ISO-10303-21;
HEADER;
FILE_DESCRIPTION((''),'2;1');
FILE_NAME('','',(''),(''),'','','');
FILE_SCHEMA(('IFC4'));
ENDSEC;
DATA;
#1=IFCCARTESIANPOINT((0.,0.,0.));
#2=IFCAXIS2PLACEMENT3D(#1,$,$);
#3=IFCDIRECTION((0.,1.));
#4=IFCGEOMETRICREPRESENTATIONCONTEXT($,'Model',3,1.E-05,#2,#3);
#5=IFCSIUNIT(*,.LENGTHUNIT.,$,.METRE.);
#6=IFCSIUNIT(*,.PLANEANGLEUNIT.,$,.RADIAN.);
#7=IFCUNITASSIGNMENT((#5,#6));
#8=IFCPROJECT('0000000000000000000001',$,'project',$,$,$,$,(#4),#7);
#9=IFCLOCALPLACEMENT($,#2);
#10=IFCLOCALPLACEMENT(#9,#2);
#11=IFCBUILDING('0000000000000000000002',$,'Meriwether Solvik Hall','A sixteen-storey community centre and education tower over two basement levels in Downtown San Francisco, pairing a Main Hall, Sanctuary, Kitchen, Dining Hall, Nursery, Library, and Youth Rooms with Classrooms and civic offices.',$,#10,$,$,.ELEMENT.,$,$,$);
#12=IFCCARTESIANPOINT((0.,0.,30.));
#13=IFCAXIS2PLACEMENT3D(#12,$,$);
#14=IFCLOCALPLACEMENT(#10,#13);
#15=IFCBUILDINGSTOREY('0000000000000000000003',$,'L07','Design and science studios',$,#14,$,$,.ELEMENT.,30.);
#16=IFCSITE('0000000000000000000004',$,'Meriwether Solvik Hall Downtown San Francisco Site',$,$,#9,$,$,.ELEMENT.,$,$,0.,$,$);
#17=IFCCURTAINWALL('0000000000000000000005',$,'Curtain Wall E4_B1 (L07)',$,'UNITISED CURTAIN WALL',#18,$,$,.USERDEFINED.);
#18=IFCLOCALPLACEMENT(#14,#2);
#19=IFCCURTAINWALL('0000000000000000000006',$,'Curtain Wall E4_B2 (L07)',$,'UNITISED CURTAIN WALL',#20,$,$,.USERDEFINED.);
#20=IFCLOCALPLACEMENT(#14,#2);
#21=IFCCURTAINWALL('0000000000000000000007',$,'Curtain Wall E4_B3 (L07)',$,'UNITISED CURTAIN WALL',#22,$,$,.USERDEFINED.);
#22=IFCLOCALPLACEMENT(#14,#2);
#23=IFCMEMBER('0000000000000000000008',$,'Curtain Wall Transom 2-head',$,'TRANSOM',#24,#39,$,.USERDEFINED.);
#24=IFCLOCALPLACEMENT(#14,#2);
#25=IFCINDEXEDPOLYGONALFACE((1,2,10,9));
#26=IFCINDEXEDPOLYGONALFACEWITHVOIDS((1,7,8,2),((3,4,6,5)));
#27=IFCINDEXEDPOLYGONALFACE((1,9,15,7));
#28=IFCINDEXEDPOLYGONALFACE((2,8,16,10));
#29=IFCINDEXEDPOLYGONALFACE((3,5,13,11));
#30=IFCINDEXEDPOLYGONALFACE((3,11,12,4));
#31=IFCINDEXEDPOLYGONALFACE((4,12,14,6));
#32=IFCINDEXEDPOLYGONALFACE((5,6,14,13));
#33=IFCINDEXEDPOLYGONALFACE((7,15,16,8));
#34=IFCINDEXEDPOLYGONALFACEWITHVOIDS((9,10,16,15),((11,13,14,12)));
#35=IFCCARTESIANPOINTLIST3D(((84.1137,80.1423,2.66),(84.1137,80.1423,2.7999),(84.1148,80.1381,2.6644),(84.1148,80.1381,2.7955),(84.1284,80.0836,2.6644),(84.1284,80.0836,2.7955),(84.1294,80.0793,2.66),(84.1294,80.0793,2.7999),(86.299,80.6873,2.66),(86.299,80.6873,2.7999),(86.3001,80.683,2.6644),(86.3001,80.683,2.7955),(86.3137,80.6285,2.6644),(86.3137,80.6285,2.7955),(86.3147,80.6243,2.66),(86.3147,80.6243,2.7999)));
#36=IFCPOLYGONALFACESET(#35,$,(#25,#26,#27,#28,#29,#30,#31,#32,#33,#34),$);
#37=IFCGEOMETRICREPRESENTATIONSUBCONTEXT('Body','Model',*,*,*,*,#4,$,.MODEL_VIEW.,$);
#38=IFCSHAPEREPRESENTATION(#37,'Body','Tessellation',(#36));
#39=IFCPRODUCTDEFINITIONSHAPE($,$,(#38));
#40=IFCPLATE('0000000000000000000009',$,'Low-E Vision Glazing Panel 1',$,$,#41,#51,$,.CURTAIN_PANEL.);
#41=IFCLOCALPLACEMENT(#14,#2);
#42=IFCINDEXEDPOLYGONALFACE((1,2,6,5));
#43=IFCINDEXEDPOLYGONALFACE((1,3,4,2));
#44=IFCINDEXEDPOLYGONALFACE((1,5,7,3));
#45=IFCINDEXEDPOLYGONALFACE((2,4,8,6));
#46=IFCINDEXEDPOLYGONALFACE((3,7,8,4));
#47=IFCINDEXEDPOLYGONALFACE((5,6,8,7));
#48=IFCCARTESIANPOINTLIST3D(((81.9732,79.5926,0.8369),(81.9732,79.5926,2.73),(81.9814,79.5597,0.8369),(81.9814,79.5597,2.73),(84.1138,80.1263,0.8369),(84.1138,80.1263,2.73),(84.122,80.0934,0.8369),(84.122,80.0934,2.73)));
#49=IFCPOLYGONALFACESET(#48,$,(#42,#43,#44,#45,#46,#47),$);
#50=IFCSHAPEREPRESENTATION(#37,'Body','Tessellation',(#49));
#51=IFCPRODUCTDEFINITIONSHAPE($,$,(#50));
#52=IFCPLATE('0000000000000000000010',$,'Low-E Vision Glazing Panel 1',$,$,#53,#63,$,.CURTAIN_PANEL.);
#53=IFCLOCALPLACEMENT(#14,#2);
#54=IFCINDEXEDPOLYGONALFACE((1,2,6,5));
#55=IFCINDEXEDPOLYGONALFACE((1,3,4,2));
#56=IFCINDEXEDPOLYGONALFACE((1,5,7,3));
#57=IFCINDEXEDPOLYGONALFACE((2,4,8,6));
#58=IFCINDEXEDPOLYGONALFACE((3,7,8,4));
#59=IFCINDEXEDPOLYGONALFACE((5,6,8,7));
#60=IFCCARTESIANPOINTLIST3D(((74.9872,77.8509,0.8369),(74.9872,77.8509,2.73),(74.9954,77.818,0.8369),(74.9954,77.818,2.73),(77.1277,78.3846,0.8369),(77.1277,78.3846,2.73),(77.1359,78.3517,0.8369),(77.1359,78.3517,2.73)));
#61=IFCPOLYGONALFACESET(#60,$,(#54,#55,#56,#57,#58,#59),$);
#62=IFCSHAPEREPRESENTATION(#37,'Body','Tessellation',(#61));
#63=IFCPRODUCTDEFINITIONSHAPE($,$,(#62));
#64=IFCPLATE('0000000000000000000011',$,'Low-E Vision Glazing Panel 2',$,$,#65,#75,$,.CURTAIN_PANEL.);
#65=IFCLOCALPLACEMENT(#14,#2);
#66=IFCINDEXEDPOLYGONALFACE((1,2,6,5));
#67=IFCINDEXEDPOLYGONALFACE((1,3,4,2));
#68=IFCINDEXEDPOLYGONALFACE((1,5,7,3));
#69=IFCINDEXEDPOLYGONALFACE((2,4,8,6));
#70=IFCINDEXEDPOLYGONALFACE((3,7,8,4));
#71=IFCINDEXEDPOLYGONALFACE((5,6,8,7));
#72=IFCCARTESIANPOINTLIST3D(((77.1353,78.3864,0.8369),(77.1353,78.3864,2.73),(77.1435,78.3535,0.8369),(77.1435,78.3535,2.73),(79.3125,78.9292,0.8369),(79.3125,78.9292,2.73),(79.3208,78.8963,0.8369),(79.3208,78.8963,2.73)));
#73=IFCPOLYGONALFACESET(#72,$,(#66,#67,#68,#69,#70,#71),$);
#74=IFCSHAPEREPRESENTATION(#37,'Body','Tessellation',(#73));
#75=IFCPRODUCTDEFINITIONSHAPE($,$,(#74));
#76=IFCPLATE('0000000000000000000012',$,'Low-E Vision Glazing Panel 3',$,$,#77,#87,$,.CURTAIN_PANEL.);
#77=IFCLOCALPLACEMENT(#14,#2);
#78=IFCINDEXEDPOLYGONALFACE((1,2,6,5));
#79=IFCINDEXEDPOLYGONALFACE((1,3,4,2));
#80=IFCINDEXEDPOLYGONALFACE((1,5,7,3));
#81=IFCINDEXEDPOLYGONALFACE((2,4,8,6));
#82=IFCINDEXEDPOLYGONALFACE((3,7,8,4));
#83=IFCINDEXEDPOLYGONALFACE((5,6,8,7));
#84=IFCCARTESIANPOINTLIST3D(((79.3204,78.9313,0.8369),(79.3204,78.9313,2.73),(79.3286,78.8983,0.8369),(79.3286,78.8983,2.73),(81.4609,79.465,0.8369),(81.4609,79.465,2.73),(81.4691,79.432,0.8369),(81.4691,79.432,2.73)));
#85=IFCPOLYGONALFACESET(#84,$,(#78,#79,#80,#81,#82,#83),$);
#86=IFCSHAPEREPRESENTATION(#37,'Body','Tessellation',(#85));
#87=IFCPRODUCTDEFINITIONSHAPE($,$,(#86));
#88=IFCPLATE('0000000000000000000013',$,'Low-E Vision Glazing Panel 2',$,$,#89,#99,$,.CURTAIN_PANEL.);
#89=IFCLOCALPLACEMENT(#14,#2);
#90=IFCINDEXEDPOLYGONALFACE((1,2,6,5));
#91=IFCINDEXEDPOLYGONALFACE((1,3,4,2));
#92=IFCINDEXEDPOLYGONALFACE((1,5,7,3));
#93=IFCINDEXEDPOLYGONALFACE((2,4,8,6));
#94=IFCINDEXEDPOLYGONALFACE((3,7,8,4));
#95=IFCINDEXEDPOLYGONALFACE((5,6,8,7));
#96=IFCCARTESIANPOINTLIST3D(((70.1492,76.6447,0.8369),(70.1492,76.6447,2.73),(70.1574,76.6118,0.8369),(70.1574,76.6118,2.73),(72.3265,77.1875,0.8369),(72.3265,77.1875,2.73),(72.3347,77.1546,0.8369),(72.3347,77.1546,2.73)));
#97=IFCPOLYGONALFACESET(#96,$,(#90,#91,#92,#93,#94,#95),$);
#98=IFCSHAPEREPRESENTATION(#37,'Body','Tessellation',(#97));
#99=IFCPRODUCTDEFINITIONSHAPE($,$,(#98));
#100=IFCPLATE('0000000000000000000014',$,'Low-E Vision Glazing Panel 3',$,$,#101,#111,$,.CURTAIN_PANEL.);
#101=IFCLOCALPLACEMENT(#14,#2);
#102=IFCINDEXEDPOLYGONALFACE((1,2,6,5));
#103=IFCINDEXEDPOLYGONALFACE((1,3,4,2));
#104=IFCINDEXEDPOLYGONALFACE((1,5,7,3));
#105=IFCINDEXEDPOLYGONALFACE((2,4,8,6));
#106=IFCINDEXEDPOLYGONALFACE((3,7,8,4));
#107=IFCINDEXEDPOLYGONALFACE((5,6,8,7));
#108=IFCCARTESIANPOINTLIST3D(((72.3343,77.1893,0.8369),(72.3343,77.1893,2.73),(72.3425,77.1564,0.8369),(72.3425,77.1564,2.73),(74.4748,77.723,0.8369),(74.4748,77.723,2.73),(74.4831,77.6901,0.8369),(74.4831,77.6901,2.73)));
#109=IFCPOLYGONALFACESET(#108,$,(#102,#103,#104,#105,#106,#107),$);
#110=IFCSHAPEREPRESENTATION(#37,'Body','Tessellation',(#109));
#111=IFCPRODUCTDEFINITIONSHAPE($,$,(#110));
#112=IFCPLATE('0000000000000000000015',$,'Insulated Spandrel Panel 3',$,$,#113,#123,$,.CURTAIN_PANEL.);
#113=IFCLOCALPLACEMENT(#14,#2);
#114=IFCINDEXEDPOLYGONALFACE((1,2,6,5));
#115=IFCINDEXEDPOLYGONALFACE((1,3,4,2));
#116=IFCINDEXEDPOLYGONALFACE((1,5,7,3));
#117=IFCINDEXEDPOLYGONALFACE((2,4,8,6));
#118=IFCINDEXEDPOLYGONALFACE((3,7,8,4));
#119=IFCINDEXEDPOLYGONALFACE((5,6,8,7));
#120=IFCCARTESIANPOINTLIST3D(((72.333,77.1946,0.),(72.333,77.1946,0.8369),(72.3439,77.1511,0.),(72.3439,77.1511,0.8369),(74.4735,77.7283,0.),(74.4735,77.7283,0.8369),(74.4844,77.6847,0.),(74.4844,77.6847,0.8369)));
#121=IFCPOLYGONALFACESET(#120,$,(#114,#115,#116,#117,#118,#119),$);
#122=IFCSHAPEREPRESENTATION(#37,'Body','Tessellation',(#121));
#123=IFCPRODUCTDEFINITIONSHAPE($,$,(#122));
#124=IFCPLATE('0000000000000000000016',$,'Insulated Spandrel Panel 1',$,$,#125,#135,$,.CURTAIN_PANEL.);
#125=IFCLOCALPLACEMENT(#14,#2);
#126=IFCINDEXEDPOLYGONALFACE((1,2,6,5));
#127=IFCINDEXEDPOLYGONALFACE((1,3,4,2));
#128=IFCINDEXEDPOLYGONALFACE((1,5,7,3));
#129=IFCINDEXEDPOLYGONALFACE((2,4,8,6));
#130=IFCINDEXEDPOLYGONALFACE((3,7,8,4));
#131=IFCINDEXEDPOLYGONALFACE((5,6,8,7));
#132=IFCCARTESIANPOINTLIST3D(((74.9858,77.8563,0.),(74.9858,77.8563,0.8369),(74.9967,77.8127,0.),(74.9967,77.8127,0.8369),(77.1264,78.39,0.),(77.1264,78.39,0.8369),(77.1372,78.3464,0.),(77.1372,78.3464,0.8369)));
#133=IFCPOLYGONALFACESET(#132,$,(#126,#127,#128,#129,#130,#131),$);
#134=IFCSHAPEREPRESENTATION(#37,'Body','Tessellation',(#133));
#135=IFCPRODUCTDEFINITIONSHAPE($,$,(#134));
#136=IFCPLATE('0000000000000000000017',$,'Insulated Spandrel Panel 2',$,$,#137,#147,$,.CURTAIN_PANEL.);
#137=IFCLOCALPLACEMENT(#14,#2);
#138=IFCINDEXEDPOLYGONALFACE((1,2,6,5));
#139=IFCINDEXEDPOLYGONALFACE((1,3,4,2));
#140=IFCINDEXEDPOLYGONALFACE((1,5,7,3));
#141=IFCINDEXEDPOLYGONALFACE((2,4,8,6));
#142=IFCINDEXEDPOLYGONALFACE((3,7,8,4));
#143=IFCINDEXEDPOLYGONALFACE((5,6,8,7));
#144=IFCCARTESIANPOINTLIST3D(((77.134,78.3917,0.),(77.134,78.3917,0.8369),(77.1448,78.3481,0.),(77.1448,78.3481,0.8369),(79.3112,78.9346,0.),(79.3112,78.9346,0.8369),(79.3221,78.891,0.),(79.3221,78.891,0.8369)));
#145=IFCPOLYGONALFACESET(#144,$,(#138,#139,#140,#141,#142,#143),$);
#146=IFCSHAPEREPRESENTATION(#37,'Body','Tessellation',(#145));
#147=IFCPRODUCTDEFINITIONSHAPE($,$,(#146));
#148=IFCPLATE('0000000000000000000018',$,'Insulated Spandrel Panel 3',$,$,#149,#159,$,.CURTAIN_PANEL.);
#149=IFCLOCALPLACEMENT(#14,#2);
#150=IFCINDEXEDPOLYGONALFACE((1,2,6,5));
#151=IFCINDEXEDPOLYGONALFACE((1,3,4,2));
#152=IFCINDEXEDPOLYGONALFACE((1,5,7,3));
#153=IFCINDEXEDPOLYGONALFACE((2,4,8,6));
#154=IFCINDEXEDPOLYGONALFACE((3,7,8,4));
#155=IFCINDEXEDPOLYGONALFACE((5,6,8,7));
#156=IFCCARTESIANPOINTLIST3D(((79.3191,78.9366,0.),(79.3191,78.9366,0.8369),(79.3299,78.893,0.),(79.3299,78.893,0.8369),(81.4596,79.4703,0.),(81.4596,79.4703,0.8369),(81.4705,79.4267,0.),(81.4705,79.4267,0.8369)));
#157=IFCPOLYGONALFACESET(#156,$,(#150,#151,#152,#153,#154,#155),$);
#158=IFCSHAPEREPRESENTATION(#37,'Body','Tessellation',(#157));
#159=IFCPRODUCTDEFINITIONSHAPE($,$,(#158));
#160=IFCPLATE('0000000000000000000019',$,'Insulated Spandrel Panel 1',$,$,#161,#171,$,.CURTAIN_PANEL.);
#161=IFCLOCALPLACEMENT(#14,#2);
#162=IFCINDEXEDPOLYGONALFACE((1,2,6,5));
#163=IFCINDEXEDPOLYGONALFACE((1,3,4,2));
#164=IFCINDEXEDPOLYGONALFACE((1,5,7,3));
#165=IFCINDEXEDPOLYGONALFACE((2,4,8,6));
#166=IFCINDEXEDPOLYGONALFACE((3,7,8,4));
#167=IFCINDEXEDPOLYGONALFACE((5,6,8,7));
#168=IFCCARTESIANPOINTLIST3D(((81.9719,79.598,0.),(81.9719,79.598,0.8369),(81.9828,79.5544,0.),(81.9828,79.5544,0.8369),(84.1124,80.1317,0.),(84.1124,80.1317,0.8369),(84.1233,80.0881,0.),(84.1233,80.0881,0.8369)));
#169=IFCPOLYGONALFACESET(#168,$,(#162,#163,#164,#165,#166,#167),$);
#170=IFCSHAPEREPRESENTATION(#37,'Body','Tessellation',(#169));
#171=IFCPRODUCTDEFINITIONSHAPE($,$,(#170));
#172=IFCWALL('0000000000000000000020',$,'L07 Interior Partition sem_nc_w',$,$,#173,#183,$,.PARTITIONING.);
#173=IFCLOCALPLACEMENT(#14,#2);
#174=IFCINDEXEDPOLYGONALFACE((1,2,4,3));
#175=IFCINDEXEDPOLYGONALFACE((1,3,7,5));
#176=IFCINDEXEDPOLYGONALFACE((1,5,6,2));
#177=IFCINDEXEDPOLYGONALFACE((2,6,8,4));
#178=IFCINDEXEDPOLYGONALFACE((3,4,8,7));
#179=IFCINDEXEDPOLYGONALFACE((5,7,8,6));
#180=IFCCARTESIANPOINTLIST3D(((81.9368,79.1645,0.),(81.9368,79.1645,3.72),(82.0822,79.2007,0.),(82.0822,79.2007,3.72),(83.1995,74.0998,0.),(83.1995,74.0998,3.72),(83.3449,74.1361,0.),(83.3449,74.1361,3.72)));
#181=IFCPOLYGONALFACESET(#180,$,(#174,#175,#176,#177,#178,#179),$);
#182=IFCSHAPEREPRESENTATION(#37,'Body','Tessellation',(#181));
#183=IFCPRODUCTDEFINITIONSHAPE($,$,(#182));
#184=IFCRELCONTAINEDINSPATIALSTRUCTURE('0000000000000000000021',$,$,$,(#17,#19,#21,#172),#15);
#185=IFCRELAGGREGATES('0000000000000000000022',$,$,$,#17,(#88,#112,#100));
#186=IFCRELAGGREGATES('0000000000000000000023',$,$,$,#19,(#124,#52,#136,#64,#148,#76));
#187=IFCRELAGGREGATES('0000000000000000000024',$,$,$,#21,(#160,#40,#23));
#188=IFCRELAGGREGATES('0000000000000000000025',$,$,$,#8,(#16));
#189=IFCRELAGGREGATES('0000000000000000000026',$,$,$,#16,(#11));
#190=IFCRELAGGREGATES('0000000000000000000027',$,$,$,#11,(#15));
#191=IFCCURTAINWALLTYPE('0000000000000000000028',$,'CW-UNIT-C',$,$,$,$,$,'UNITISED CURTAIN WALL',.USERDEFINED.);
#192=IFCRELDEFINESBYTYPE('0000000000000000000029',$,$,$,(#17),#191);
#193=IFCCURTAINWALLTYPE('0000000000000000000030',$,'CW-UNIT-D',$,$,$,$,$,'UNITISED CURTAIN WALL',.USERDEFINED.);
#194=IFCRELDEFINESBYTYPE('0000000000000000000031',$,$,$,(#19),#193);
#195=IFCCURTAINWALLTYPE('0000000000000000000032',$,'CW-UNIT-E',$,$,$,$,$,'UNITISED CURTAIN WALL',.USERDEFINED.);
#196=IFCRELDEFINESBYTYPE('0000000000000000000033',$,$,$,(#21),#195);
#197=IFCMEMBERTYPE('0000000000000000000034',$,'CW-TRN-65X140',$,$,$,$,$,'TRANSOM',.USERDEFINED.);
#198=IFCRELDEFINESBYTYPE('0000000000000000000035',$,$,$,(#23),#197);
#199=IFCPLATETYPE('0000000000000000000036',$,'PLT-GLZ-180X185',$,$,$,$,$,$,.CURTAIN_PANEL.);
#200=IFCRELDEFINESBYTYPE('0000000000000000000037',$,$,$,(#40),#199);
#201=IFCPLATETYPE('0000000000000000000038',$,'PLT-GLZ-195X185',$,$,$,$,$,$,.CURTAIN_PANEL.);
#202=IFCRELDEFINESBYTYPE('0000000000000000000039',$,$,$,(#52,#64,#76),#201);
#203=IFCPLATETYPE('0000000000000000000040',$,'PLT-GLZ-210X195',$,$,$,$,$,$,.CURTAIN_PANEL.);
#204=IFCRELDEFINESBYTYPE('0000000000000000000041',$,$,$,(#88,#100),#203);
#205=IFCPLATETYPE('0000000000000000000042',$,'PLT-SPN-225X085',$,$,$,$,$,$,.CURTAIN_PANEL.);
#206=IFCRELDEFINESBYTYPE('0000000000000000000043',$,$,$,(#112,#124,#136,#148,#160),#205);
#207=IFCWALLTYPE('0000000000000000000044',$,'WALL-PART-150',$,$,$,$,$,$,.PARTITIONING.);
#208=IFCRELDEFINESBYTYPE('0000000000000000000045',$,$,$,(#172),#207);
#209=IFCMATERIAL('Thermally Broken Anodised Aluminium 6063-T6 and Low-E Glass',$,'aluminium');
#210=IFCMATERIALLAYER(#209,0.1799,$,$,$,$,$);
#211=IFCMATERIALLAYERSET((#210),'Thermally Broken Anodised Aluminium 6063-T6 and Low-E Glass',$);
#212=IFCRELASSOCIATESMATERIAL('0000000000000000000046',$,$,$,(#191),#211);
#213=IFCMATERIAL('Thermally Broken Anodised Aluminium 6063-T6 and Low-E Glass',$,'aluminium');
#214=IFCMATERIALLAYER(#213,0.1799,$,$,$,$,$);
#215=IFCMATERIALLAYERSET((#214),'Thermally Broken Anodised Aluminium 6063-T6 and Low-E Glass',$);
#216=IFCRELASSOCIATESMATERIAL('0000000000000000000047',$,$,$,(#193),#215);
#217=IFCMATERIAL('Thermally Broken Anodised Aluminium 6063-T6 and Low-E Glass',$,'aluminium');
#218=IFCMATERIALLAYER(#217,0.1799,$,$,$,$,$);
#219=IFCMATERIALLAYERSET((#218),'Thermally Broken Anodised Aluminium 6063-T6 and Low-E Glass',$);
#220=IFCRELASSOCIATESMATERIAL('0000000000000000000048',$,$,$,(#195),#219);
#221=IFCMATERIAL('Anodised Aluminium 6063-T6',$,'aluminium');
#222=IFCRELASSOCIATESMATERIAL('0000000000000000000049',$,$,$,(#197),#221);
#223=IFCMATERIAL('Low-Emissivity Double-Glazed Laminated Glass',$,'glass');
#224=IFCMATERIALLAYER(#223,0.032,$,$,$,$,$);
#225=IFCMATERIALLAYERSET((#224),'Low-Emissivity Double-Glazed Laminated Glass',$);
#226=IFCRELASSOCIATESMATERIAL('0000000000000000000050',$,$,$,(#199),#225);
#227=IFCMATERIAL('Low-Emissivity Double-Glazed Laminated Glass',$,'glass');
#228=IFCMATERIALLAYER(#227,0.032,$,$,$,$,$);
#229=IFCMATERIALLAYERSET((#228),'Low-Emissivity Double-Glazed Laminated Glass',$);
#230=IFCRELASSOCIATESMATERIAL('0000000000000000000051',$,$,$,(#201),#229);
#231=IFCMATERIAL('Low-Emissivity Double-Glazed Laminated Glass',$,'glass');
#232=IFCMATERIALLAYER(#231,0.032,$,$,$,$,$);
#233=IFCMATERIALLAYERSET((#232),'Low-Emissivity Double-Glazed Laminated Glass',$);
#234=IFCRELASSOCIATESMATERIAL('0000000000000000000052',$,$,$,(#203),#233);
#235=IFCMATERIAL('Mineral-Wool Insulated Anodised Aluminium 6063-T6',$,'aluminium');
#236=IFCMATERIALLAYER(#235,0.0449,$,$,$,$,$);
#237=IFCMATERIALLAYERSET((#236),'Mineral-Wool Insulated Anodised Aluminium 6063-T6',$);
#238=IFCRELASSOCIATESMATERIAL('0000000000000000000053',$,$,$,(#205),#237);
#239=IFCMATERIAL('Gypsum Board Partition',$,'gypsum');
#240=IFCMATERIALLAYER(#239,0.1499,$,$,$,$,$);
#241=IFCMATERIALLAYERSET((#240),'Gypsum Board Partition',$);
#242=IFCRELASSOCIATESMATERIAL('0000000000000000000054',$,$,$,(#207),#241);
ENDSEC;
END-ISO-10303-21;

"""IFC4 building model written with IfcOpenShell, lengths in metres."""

from ifc_helpers import new_model, si_unit, direction, frame, frame_2d, origin, origin_2d, place, context, subcontext, project, spatial, rectangle, hollow_rectangle, extrude, material, layer, layer_set, material_profile, profile_set, type_object, element, aggregate, save


model = new_model("IFC4")

# Units and contexts
model_context = context("Model", 3, precision=1e-05, world=origin(), true_north=direction((0.0, 1.0)))
body_context = subcontext(model_context, "Body", "Model", "MODEL_VIEW")
ifc_project = project(units=[si_unit("LENGTHUNIT", "METRE"), si_unit("PLANEANGLEUNIT", "RADIAN")], contexts=[model_context])

# Site, building, storey
site_placement = place(None, origin())
site = spatial("IfcSite", under=ifc_project, at=site_placement, Name="Meriwether Solvik Hall Downtown San Francisco Site", CompositionType="ELEMENT", RefElevation=0.0)
building_placement = place(site_placement, origin())
building = spatial("IfcBuilding", under=site, at=building_placement, Name="Meriwether Solvik Hall", Description="A sixteen-storey community centre and education tower over two basement levels in Downtown San Francisco, pairing a Main Hall, Sanctuary, Kitchen, Dining Hall, Nursery, Library, and Youth Rooms with Classrooms and civic offices.", CompositionType="ELEMENT")
storey_placement = place(building_placement, frame((0.0, 0.0, 30.0)))
storey = spatial("IfcBuildingStorey", under=building, at=storey_placement, Name="L07", Description="Design and science studios", CompositionType="ELEMENT", Elevation=30.0)

# Curtain walls
ifc_material_1 = material(Name="Thermally Broken Anodised Aluminium 6063-T6 and Low-E Glass", Category="aluminium")
ifc_layer_1 = layer(ifc_material_1, 0.1799)
ifc_layer_set_1 = layer_set([ifc_layer_1], Name="Thermally Broken Anodised Aluminium 6063-T6 and Low-E Glass")
curtain_wall_type_1 = type_object("IfcCurtainWallType", Name="CW-UNIT-C", ElementType="UNITISED CURTAIN WALL", PredefinedType="USERDEFINED", material=ifc_layer_set_1)
curtain_wall_1_placement = place(storey_placement, origin())
curtain_wall_1 = element("IfcCurtainWall", 1, at=curtain_wall_1_placement, inside=storey, type_object=curtain_wall_type_1, Name="Curtain Wall E4_B1 (L07)", ObjectType="UNITISED CURTAIN WALL", PredefinedType="USERDEFINED")
ifc_material_2 = material(Name="Thermally Broken Anodised Aluminium 6063-T6 and Low-E Glass", Category="aluminium")
ifc_layer_2 = layer(ifc_material_2, 0.1799)
ifc_layer_set_2 = layer_set([ifc_layer_2], Name="Thermally Broken Anodised Aluminium 6063-T6 and Low-E Glass")
curtain_wall_type_2 = type_object("IfcCurtainWallType", Name="CW-UNIT-D", ElementType="UNITISED CURTAIN WALL", PredefinedType="USERDEFINED", material=ifc_layer_set_2)
curtain_wall_2_placement = place(storey_placement, origin())
curtain_wall_2 = element("IfcCurtainWall", 2, at=curtain_wall_2_placement, inside=storey, type_object=curtain_wall_type_2, Name="Curtain Wall E4_B2 (L07)", ObjectType="UNITISED CURTAIN WALL", PredefinedType="USERDEFINED")
ifc_material_3 = material(Name="Thermally Broken Anodised Aluminium 6063-T6 and Low-E Glass", Category="aluminium")
ifc_layer_3 = layer(ifc_material_3, 0.1799)
ifc_layer_set_3 = layer_set([ifc_layer_3], Name="Thermally Broken Anodised Aluminium 6063-T6 and Low-E Glass")
curtain_wall_type_3 = type_object("IfcCurtainWallType", Name="CW-UNIT-E", ElementType="UNITISED CURTAIN WALL", PredefinedType="USERDEFINED", material=ifc_layer_set_3)
curtain_wall_3_placement = place(storey_placement, origin())
curtain_wall_3 = element("IfcCurtainWall", 3, at=curtain_wall_3_placement, inside=storey, type_object=curtain_wall_type_3, Name="Curtain Wall E4_B3 (L07)", ObjectType="UNITISED CURTAIN WALL", PredefinedType="USERDEFINED")

# Member
ifc_material_4 = material(Name="Anodised Aluminium 6063-T6", Category="aluminium")
ifc_material_profile_1 = material_profile(ifc_material_4, hollow_rectangle(XDim=0.0649, YDim=0.1399, WallThickness=0.0044, at=origin_2d()), Name="CWT-65X140")
ifc_profile_set_1 = profile_set([ifc_material_profile_1], Name="Anodised Aluminium 6063-T6")
member_type_1 = type_object("IfcMemberType", Name="CW-TRN-65X140", ElementType="TRANSOM", PredefinedType="USERDEFINED", material=ifc_profile_set_1)
member_1_placement = place(storey_placement, frame((84.1216, 80.1108, 2.73), z_axis=(0.970289, 0.241949, 0.0), x_axis=(-0.241949, 0.970289, 0.0)))
member_1 = element("IfcMember", 4, at=member_1_placement, type_object=member_type_1, Name="Curtain Wall Transom 2-head", ObjectType="TRANSOM", PredefinedType="USERDEFINED", context=body_context, shape_type="SweptSolid", body=[
    extrude(hollow_rectangle(XDim=0.0649, YDim=0.1399, WallThickness=0.0044, at=origin_2d()), origin(), (0.0, 0.0, 1.0), 2.2522),
])

# Plates
ifc_material_5 = material(Name="Low-Emissivity Double-Glazed Laminated Glass", Category="glass")
ifc_layer_4 = layer(ifc_material_5, 0.032)
ifc_layer_set_4 = layer_set([ifc_layer_4], Name="Low-Emissivity Double-Glazed Laminated Glass")
plate_type_1 = type_object("IfcPlateType", Name="PLT-GLZ-180X185", PredefinedType="CURTAIN_PANEL", material=ifc_layer_set_4)
plate_1_placement = place(storey_placement, frame((83.0476, 79.843, 0.8369), z_axis=(0.0, 0.0, 1.0), x_axis=(0.970296, 0.241922, 0.0)))
plate_1 = element("IfcPlate", 5, at=plate_1_placement, type_object=plate_type_1, Name="Low-E Vision Glazing Panel 1", PredefinedType="CURTAIN_PANEL", context=body_context, shape_type="SweptSolid", body=[
    extrude(rectangle(XDim=2.2061, YDim=0.0339, at=origin_2d()), origin(), (0.0, 0.0, 1.0), 1.8931),
])
ifc_material_6 = material(Name="Low-Emissivity Double-Glazed Laminated Glass", Category="glass")
ifc_layer_5 = layer(ifc_material_6, 0.032)
ifc_layer_set_5 = layer_set([ifc_layer_5], Name="Low-Emissivity Double-Glazed Laminated Glass")
plate_type_2 = type_object("IfcPlateType", Name="PLT-GLZ-195X185", PredefinedType="CURTAIN_PANEL", material=ifc_layer_set_5)
plate_2_placement = place(storey_placement, frame((76.0615, 78.1013, 0.8369), z_axis=(0.0, 0.0, 1.0), x_axis=(0.970296, 0.241922, 0.0)))
plate_2 = element("IfcPlate", 6, at=plate_2_placement, type_object=plate_type_2, Name="Low-E Vision Glazing Panel 1", PredefinedType="CURTAIN_PANEL", context=body_context, shape_type="SweptSolid", body=[
    extrude(rectangle(XDim=2.2061, YDim=0.0339, at=origin_2d()), origin(), (0.0, 0.0, 1.0), 1.8931),
])
plate_3_placement = place(storey_placement, frame((78.228, 78.6414, 0.8369), z_axis=(0.0, 0.0, 1.0), x_axis=(0.970296, 0.241922, 0.0)))
plate_3 = element("IfcPlate", 7, at=plate_3_placement, type_object=plate_type_2, Name="Low-E Vision Glazing Panel 2", PredefinedType="CURTAIN_PANEL", context=body_context, shape_type="SweptSolid", body=[
    extrude(rectangle(XDim=2.2439, YDim=0.0339, at=origin_2d()), origin(), (0.0, 0.0, 1.0), 1.8931),
])
plate_4_placement = place(storey_placement, frame((80.3948, 79.1816, 0.8369), z_axis=(0.0, 0.0, 1.0), x_axis=(0.970296, 0.241922, 0.0)))
plate_4 = element("IfcPlate", 8, at=plate_4_placement, type_object=plate_type_2, Name="Low-E Vision Glazing Panel 3", PredefinedType="CURTAIN_PANEL", context=body_context, shape_type="SweptSolid", body=[
    extrude(rectangle(XDim=2.2061, YDim=0.0339, at=origin_2d()), origin(), (0.0, 0.0, 1.0), 1.8931),
])
ifc_material_7 = material(Name="Low-Emissivity Double-Glazed Laminated Glass", Category="glass")
ifc_layer_6 = layer(ifc_material_7, 0.032)
ifc_layer_set_6 = layer_set([ifc_layer_6], Name="Low-Emissivity Double-Glazed Laminated Glass")
plate_type_3 = type_object("IfcPlateType", Name="PLT-GLZ-210X195", PredefinedType="CURTAIN_PANEL", material=ifc_layer_set_6)
plate_5_placement = place(storey_placement, frame((71.2419, 76.8997, 0.8369), z_axis=(0.0, 0.0, 1.0), x_axis=(0.970296, 0.241922, 0.0)))
plate_5 = element("IfcPlate", 9, at=plate_5_placement, type_object=plate_type_3, Name="Low-E Vision Glazing Panel 2", PredefinedType="CURTAIN_PANEL", context=body_context, shape_type="SweptSolid", body=[
    extrude(rectangle(XDim=2.2439, YDim=0.0339, at=origin_2d()), origin(), (0.0, 0.0, 1.0), 1.8931),
])
plate_6_placement = place(storey_placement, frame((73.4087, 77.4397, 0.8369), z_axis=(0.0, 0.0, 1.0), x_axis=(0.970296, 0.241922, 0.0)))
plate_6 = element("IfcPlate", 10, at=plate_6_placement, type_object=plate_type_3, Name="Low-E Vision Glazing Panel 3", PredefinedType="CURTAIN_PANEL", context=body_context, shape_type="SweptSolid", body=[
    extrude(rectangle(XDim=2.2061, YDim=0.0339, at=origin_2d()), origin(), (0.0, 0.0, 1.0), 1.8931),
])
ifc_material_8 = material(Name="Mineral-Wool Insulated Anodised Aluminium 6063-T6", Category="aluminium")
ifc_layer_7 = layer(ifc_material_8, 0.0449)
ifc_layer_set_7 = layer_set([ifc_layer_7], Name="Mineral-Wool Insulated Anodised Aluminium 6063-T6")
plate_type_4 = type_object("IfcPlateType", Name="PLT-SPN-225X085", PredefinedType="CURTAIN_PANEL", material=ifc_layer_set_7)
plate_7_placement = place(storey_placement, frame((73.4087, 77.4397, 0.0), z_axis=(0.0, 0.0, 1.0), x_axis=(0.970296, 0.241922, 0.0)))
plate_7 = element("IfcPlate", 11, at=plate_7_placement, type_object=plate_type_4, Name="Insulated Spandrel Panel 3", PredefinedType="CURTAIN_PANEL", context=body_context, shape_type="SweptSolid", body=[
    extrude(rectangle(XDim=2.2061, YDim=0.0449, at=origin_2d()), origin(), (0.0, 0.0, 1.0), 0.8369),
])
aggregate(curtain_wall_1, [plate_5, plate_7, plate_6])
plate_8_placement = place(storey_placement, frame((76.0615, 78.1013, 0.0), z_axis=(0.0, 0.0, 1.0), x_axis=(0.970296, 0.241922, 0.0)))
plate_8 = element("IfcPlate", 12, at=plate_8_placement, type_object=plate_type_4, Name="Insulated Spandrel Panel 1", PredefinedType="CURTAIN_PANEL", context=body_context, shape_type="SweptSolid", body=[
    extrude(rectangle(XDim=2.2061, YDim=0.0449, at=origin_2d()), origin(), (0.0, 0.0, 1.0), 0.8369),
])
plate_9_placement = place(storey_placement, frame((78.228, 78.6414, 0.0), z_axis=(0.0, 0.0, 1.0), x_axis=(0.970296, 0.241922, 0.0)))
plate_9 = element("IfcPlate", 13, at=plate_9_placement, type_object=plate_type_4, Name="Insulated Spandrel Panel 2", PredefinedType="CURTAIN_PANEL", context=body_context, shape_type="SweptSolid", body=[
    extrude(rectangle(XDim=2.2439, YDim=0.0449, at=origin_2d()), origin(), (0.0, 0.0, 1.0), 0.8369),
])
plate_10_placement = place(storey_placement, frame((80.3948, 79.1816, 0.0), z_axis=(0.0, 0.0, 1.0), x_axis=(0.970296, 0.241922, 0.0)))
plate_10 = element("IfcPlate", 14, at=plate_10_placement, type_object=plate_type_4, Name="Insulated Spandrel Panel 3", PredefinedType="CURTAIN_PANEL", context=body_context, shape_type="SweptSolid", body=[
    extrude(rectangle(XDim=2.2061, YDim=0.0449, at=origin_2d()), origin(), (0.0, 0.0, 1.0), 0.8369),
])
aggregate(curtain_wall_2, [plate_8, plate_2, plate_9, plate_3, plate_10, plate_4])
plate_11_placement = place(storey_placement, frame((83.0476, 79.843, 0.0), z_axis=(0.0, 0.0, 1.0), x_axis=(0.970296, 0.241922, 0.0)))
plate_11 = element("IfcPlate", 15, at=plate_11_placement, type_object=plate_type_4, Name="Insulated Spandrel Panel 1", PredefinedType="CURTAIN_PANEL", context=body_context, shape_type="SweptSolid", body=[
    extrude(rectangle(XDim=2.2061, YDim=0.0449, at=origin_2d()), origin(), (0.0, 0.0, 1.0), 0.8369),
])
aggregate(curtain_wall_3, [plate_11, plate_1, member_1])

# Wall
ifc_material_9 = material(Name="Gypsum Board Partition", Category="gypsum")
ifc_layer_8 = layer(ifc_material_9, 0.1499)
ifc_layer_set_8 = layer_set([ifc_layer_8], Name="Gypsum Board Partition")
wall_type = type_object("IfcWallType", Name="WALL-PART-150", PredefinedType="PARTITIONING", material=ifc_layer_set_8)
wall_placement = place(storey_placement, frame((82.0095, 79.1826, 0.0), z_axis=(0.0, 0.0, 1.0), x_axis=(0.241908, -0.970299, 0.0)))
element("IfcWall", 16, at=wall_placement, inside=storey, type_object=wall_type, Name="L07 Interior Partition sem_nc_w", PredefinedType="PARTITIONING", context=body_context, shape_type="SweptSolid", body=[
    extrude(rectangle(XDim=5.2197, YDim=0.1499, at=frame_2d((2.6099, 0.0))), origin(), (0.0, 0.0, 1.0), 3.72),
])

save(model, "model.ifc")
